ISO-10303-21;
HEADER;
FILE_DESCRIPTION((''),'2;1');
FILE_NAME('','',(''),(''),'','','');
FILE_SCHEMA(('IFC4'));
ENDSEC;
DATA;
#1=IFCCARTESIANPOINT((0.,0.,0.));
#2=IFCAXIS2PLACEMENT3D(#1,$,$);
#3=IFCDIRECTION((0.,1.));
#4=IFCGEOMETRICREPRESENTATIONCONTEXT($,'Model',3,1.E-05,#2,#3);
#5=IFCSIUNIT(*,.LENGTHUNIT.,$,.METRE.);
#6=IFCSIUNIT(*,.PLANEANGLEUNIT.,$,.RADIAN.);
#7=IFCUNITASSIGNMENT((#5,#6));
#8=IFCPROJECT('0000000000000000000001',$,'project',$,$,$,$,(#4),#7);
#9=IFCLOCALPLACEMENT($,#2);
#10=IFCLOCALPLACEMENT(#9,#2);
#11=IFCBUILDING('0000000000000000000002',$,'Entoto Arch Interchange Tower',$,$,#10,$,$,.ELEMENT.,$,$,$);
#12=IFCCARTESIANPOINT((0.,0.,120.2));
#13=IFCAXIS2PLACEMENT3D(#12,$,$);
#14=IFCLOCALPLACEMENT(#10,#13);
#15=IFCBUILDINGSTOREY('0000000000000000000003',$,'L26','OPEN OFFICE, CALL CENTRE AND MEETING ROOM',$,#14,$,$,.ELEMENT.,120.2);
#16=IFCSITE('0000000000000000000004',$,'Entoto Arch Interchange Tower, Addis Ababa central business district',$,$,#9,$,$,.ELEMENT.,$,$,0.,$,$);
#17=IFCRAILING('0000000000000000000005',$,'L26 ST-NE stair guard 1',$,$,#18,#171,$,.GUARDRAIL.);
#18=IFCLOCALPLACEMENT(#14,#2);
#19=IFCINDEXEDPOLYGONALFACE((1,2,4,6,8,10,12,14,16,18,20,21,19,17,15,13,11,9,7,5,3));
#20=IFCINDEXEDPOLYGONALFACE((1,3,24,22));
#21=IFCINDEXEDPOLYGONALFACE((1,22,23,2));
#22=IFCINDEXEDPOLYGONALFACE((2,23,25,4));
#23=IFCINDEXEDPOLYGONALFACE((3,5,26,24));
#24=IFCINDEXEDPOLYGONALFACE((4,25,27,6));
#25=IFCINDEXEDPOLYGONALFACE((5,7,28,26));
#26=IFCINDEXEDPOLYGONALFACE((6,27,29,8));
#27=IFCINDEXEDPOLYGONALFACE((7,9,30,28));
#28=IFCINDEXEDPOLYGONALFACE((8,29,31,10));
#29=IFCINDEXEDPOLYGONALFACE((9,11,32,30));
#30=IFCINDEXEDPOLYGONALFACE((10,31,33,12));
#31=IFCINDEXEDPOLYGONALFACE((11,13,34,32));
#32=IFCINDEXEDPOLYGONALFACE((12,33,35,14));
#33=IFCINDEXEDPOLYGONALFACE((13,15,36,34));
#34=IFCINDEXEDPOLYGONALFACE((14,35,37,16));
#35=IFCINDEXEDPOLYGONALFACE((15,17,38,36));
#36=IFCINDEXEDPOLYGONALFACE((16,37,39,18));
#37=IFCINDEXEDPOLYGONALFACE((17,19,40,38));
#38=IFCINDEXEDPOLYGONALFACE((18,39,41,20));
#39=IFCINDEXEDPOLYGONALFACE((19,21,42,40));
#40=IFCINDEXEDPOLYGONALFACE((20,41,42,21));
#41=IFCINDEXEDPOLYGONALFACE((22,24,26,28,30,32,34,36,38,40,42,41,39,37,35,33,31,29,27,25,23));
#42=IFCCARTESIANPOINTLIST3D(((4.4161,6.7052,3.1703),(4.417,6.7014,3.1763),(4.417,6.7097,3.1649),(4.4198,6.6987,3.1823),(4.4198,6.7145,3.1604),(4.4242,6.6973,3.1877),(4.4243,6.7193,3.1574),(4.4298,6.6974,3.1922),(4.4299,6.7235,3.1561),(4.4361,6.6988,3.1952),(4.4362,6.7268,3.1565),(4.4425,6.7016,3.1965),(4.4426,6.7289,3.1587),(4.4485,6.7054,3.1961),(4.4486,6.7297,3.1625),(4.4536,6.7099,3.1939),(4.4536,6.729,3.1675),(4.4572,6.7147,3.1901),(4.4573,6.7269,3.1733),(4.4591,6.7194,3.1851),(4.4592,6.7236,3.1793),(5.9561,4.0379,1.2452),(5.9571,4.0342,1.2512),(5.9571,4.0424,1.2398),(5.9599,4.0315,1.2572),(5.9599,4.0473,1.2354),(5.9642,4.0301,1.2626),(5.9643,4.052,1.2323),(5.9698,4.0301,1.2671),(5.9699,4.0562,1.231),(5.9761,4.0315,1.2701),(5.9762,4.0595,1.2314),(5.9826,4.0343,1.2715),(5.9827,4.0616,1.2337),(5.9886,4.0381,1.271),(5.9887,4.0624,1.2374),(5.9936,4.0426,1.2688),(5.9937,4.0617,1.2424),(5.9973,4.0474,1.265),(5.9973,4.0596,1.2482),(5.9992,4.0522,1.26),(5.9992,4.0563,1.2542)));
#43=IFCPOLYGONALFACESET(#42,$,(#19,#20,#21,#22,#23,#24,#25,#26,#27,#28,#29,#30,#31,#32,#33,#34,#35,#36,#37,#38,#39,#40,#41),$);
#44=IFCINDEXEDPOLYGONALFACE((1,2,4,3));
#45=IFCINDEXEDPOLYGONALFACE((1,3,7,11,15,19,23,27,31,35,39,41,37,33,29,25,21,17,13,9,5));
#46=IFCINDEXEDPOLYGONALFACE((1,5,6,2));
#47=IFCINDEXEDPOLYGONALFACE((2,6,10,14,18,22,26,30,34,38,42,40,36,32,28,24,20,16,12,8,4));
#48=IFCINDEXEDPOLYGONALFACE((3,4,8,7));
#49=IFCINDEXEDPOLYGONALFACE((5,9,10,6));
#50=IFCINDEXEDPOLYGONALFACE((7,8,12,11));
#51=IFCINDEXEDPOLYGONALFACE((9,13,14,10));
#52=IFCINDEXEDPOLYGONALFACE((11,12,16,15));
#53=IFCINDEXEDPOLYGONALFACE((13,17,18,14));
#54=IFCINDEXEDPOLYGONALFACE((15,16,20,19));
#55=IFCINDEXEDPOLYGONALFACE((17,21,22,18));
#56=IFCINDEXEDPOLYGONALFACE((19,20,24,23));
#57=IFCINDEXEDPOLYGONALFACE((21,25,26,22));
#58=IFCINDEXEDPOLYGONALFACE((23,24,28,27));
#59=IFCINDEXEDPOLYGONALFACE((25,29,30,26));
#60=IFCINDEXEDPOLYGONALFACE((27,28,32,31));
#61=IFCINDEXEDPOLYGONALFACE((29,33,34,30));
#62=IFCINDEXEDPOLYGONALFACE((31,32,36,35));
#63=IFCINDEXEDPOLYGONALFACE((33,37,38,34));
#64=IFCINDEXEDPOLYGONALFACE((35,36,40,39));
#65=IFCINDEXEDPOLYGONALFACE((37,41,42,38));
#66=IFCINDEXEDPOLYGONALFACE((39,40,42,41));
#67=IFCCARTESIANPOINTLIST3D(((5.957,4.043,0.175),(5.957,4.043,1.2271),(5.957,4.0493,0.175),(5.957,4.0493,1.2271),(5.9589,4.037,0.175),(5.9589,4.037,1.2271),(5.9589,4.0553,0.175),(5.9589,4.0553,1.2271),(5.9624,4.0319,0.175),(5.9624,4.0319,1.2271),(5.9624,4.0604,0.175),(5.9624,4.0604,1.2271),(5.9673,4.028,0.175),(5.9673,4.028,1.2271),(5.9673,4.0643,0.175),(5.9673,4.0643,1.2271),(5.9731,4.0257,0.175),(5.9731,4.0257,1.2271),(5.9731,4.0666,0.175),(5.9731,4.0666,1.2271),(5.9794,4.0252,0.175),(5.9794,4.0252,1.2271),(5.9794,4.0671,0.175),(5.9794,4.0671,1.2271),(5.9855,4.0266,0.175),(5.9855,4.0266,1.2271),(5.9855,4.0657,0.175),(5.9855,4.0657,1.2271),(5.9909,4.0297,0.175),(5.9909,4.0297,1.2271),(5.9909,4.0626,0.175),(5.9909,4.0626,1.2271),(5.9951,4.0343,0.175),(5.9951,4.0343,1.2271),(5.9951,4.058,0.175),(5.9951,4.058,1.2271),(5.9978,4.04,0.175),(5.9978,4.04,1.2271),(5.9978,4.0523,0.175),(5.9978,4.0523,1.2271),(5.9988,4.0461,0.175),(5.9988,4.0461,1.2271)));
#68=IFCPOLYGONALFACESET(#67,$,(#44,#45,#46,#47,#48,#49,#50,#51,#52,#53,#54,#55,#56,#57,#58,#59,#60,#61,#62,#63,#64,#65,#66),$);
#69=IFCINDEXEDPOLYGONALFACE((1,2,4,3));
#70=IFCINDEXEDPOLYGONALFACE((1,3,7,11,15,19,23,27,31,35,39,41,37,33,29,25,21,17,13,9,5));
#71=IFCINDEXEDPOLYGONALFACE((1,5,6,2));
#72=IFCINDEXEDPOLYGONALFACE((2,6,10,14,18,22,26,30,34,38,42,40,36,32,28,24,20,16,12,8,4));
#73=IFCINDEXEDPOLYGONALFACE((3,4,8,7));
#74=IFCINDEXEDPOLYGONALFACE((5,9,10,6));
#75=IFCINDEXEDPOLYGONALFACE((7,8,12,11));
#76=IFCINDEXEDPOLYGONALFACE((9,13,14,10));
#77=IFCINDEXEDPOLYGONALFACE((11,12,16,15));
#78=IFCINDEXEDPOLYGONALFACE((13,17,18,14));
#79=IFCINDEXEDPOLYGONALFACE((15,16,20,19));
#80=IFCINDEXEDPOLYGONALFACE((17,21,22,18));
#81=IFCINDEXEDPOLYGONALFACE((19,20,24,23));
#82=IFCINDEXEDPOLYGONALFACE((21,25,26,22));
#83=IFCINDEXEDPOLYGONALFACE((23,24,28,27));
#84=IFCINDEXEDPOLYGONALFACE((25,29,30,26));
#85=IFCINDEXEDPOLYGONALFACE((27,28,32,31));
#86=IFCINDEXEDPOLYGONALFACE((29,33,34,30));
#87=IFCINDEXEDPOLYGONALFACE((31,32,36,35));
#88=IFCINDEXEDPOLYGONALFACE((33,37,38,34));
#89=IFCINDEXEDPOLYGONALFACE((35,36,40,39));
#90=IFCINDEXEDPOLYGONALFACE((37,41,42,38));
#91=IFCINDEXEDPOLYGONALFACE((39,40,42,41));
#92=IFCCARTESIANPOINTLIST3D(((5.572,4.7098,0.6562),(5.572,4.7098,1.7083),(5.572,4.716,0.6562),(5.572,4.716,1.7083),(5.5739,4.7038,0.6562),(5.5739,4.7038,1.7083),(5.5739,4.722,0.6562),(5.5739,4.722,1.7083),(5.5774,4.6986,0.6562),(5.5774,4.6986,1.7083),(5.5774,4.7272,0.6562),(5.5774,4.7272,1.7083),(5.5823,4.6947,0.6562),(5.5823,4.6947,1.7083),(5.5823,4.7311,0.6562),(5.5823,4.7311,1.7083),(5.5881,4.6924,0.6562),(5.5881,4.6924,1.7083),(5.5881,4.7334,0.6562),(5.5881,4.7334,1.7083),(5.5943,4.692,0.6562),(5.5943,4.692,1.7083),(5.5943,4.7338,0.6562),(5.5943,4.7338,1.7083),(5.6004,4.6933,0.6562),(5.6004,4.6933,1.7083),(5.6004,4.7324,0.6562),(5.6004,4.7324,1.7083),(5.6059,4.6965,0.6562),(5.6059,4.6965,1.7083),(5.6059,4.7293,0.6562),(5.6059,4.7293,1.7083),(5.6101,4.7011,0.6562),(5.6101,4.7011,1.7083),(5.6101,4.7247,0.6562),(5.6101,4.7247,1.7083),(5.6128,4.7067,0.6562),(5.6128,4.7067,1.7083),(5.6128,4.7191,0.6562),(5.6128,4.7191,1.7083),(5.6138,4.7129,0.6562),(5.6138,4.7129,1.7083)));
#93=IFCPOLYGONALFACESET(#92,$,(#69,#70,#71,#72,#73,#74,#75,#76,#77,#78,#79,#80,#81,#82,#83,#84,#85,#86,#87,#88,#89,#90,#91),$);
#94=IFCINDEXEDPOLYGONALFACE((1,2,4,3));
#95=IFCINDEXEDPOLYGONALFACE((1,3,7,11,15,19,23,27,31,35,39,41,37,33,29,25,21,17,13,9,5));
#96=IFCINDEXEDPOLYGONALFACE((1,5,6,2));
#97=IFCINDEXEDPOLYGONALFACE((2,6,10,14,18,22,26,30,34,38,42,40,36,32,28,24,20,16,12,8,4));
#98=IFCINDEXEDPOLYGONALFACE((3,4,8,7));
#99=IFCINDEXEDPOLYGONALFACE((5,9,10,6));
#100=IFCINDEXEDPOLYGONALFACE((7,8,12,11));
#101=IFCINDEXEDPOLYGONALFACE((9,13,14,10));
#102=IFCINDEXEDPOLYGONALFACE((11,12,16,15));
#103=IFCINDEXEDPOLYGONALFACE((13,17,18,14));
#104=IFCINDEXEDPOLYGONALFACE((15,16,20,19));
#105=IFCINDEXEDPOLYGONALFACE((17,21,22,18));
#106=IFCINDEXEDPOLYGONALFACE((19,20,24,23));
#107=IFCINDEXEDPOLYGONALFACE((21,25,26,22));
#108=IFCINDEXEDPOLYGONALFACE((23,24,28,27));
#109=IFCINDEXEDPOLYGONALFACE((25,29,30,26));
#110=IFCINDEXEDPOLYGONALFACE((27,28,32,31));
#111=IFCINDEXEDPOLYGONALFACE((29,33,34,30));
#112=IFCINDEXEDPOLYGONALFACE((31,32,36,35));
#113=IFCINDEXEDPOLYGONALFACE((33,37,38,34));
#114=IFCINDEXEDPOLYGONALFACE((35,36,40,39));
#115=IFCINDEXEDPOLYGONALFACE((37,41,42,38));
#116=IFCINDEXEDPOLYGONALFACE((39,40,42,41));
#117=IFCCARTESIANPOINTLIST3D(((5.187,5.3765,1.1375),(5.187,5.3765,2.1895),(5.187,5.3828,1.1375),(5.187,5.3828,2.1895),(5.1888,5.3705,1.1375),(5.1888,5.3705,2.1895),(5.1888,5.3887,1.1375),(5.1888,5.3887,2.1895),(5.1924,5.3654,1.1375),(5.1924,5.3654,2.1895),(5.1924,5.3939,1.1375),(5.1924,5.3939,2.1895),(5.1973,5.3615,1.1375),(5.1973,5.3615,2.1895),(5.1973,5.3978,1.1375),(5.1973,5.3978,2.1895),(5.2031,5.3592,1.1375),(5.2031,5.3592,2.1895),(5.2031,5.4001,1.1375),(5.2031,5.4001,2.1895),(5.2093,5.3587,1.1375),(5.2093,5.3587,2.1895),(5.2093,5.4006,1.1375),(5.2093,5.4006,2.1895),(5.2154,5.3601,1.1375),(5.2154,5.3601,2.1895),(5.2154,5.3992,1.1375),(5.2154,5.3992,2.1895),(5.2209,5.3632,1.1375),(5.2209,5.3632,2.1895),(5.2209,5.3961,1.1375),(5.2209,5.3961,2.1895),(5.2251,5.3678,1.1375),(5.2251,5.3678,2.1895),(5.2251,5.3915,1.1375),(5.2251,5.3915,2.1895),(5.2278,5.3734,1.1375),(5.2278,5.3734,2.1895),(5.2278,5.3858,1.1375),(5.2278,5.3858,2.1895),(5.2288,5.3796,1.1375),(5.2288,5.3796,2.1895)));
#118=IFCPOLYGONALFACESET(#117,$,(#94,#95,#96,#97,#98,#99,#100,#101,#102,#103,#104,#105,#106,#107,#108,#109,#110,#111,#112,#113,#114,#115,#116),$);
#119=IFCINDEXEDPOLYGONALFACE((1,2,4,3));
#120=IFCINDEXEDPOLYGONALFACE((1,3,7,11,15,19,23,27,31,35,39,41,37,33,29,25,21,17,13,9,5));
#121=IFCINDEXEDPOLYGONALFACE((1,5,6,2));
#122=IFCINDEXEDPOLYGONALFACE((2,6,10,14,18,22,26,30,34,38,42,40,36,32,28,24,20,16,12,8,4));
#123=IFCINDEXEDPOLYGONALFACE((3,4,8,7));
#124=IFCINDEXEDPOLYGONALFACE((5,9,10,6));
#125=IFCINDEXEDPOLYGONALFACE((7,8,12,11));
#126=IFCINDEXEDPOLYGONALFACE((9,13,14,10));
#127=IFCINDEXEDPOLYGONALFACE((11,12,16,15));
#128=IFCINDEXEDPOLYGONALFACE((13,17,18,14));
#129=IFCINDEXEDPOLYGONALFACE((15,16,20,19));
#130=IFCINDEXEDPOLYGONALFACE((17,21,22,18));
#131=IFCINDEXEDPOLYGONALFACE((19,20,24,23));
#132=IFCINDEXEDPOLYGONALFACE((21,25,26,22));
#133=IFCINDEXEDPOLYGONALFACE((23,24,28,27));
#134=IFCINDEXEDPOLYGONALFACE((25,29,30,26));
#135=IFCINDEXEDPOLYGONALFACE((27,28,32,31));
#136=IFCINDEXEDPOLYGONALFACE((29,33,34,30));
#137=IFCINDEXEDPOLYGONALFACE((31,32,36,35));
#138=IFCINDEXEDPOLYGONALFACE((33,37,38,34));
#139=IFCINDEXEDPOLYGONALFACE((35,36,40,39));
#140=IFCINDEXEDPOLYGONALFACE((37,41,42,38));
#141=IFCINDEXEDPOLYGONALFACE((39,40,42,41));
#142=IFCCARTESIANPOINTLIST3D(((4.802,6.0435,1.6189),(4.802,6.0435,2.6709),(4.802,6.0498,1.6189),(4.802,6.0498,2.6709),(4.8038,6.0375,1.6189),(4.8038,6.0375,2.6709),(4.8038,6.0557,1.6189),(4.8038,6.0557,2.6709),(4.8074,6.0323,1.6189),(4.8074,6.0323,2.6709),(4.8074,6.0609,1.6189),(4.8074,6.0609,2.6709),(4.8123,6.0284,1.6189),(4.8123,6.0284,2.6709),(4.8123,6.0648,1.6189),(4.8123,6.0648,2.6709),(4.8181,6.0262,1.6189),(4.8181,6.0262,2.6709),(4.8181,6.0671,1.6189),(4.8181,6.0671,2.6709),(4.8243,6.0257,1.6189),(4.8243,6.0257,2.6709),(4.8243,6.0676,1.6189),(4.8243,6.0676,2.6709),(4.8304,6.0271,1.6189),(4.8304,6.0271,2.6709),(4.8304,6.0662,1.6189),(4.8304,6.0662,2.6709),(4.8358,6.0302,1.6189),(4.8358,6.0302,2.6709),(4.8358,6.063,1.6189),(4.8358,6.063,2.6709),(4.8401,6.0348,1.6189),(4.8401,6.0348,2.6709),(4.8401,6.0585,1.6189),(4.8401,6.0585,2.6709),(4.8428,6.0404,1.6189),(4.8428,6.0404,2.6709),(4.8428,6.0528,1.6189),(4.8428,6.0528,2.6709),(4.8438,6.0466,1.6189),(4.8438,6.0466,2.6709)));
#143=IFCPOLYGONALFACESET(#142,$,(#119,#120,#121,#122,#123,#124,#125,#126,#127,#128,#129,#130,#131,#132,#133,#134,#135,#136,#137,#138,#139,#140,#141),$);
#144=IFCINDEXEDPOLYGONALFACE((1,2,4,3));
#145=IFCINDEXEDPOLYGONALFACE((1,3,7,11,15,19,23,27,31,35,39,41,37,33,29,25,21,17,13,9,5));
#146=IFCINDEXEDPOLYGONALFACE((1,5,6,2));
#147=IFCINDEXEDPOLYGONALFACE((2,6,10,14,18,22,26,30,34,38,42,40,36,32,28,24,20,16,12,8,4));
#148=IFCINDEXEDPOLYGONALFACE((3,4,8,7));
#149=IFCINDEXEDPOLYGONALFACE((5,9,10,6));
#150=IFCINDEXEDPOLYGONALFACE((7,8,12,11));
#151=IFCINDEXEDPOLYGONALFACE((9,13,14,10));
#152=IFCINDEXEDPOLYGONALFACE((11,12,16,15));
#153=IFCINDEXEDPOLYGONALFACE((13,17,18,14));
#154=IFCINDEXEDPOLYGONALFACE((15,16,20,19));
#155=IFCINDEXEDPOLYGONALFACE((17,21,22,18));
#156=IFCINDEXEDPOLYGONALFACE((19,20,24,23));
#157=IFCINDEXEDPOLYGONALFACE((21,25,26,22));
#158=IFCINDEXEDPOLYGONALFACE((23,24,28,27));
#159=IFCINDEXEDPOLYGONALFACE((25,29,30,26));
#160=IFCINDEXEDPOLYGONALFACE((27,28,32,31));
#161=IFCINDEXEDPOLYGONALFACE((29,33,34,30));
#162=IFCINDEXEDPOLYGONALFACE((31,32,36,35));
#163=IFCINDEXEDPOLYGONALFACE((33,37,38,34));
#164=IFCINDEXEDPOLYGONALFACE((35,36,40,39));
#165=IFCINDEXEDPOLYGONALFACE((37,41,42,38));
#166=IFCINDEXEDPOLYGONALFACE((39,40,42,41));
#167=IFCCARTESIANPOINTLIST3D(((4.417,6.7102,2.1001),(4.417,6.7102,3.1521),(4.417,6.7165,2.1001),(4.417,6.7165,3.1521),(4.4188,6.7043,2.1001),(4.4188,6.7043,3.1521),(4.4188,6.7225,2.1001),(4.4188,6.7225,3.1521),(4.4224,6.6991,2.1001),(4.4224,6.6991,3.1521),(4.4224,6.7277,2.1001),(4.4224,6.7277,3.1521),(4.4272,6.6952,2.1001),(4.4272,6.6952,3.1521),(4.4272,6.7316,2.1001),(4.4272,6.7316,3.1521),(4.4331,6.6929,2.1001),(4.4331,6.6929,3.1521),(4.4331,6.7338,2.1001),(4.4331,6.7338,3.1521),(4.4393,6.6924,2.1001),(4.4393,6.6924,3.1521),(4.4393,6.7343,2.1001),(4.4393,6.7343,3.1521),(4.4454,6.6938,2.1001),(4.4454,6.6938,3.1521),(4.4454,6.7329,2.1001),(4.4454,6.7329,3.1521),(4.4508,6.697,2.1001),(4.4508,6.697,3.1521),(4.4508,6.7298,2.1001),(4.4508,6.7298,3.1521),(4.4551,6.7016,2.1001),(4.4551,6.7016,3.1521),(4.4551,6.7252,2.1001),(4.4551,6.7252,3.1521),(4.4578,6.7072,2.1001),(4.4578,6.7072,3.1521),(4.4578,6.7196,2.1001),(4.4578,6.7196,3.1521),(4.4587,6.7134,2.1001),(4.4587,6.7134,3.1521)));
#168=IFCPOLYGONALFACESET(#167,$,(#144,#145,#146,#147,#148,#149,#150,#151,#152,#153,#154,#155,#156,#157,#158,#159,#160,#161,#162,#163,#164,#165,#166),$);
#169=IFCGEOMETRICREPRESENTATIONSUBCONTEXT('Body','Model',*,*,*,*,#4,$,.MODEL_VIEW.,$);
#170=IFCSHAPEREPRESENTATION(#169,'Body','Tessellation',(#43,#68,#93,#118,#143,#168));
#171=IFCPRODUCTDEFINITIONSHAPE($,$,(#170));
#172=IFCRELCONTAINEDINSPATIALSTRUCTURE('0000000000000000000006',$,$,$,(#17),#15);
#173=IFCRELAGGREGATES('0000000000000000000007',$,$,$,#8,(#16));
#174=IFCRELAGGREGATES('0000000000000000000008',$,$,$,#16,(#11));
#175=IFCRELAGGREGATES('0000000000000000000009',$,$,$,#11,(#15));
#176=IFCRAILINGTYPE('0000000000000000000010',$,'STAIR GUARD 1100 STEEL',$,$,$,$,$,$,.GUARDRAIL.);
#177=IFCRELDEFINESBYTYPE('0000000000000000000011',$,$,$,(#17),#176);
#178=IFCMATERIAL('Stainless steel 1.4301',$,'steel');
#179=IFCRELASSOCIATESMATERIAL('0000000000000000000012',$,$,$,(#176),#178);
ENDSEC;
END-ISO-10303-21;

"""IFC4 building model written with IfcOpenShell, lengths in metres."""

from ifc_helpers import new_model, si_unit, direction, frame, origin, origin_2d, place, context, subcontext, project, spatial, circle, extrude, material, type_object, element, save


model = new_model("IFC4")

# Units and contexts
model_context = context("Model", 3, precision=1e-05, world=origin(), true_north=direction((0.0, 1.0)))
body_context = subcontext(model_context, "Body", "Model", "MODEL_VIEW")
ifc_project = project(units=[si_unit("LENGTHUNIT", "METRE"), si_unit("PLANEANGLEUNIT", "RADIAN")], contexts=[model_context])

# Site, building, storey
site_placement = place(None, origin())
site = spatial("IfcSite", under=ifc_project, at=site_placement, Name="Entoto Arch Interchange Tower, Addis Ababa central business district", CompositionType="ELEMENT", RefElevation=0.0)
building_placement = place(site_placement, origin())
building = spatial("IfcBuilding", under=site, at=building_placement, Name="Entoto Arch Interchange Tower", CompositionType="ELEMENT")
storey_placement = place(building_placement, frame((0.0, 0.0, 120.2)))
storey = spatial("IfcBuildingStorey", under=building, at=storey_placement, Name="L26", Description="OPEN OFFICE, CALL CENTRE AND MEETING ROOM", CompositionType="ELEMENT", Elevation=120.2)

# Railing
ifc_material_1 = material(Name="Stainless steel 1.4301", Category="steel")
railing_type_1 = type_object("IfcRailingType", Name="STAIR GUARD 1100 STEEL", PredefinedType="GUARDRAIL", material=ifc_material_1)
railing_1_placement = place(storey_placement, frame((5.9778, 4.0461, 0.175)))
element("IfcRailing", 1, at=railing_1_placement, inside=storey, type_object=railing_type_1, Name="L26 ST-NE stair guard 1", PredefinedType="GUARDRAIL", context=body_context, shape_type="SweptSolid", body=[
    extrude(circle(Radius=0.0239, at=origin_2d()), frame((0.0, 0.0, 1.0762), z_axis=(-0.424015, 0.734364, 0.530019), x_axis=(-0.86601, -0.500027, 0.0)), (0.0, 0.0, 1.0), 3.6321),
    extrude(circle(Radius=0.021, at=origin_2d()), origin(), (0.0, 0.0, 1.0), 1.052),
    extrude(circle(Radius=0.021, at=origin_2d()), frame((-0.385, 0.6667, 0.4812)), (0.0, 0.0, 1.0), 1.052),
    extrude(circle(Radius=0.021, at=origin_2d()), frame((-0.77, 1.3335, 0.9624)), (0.0, 0.0, 1.0), 1.052),
    extrude(circle(Radius=0.021, at=origin_2d()), frame((-1.155, 2.0005, 1.4438)), (0.0, 0.0, 1.0), 1.052),
    extrude(circle(Radius=0.021, at=origin_2d()), frame((-1.54, 2.6672, 1.925)), (0.0, 0.0, 1.0), 1.052),
])

save(model, "model.ifc")
